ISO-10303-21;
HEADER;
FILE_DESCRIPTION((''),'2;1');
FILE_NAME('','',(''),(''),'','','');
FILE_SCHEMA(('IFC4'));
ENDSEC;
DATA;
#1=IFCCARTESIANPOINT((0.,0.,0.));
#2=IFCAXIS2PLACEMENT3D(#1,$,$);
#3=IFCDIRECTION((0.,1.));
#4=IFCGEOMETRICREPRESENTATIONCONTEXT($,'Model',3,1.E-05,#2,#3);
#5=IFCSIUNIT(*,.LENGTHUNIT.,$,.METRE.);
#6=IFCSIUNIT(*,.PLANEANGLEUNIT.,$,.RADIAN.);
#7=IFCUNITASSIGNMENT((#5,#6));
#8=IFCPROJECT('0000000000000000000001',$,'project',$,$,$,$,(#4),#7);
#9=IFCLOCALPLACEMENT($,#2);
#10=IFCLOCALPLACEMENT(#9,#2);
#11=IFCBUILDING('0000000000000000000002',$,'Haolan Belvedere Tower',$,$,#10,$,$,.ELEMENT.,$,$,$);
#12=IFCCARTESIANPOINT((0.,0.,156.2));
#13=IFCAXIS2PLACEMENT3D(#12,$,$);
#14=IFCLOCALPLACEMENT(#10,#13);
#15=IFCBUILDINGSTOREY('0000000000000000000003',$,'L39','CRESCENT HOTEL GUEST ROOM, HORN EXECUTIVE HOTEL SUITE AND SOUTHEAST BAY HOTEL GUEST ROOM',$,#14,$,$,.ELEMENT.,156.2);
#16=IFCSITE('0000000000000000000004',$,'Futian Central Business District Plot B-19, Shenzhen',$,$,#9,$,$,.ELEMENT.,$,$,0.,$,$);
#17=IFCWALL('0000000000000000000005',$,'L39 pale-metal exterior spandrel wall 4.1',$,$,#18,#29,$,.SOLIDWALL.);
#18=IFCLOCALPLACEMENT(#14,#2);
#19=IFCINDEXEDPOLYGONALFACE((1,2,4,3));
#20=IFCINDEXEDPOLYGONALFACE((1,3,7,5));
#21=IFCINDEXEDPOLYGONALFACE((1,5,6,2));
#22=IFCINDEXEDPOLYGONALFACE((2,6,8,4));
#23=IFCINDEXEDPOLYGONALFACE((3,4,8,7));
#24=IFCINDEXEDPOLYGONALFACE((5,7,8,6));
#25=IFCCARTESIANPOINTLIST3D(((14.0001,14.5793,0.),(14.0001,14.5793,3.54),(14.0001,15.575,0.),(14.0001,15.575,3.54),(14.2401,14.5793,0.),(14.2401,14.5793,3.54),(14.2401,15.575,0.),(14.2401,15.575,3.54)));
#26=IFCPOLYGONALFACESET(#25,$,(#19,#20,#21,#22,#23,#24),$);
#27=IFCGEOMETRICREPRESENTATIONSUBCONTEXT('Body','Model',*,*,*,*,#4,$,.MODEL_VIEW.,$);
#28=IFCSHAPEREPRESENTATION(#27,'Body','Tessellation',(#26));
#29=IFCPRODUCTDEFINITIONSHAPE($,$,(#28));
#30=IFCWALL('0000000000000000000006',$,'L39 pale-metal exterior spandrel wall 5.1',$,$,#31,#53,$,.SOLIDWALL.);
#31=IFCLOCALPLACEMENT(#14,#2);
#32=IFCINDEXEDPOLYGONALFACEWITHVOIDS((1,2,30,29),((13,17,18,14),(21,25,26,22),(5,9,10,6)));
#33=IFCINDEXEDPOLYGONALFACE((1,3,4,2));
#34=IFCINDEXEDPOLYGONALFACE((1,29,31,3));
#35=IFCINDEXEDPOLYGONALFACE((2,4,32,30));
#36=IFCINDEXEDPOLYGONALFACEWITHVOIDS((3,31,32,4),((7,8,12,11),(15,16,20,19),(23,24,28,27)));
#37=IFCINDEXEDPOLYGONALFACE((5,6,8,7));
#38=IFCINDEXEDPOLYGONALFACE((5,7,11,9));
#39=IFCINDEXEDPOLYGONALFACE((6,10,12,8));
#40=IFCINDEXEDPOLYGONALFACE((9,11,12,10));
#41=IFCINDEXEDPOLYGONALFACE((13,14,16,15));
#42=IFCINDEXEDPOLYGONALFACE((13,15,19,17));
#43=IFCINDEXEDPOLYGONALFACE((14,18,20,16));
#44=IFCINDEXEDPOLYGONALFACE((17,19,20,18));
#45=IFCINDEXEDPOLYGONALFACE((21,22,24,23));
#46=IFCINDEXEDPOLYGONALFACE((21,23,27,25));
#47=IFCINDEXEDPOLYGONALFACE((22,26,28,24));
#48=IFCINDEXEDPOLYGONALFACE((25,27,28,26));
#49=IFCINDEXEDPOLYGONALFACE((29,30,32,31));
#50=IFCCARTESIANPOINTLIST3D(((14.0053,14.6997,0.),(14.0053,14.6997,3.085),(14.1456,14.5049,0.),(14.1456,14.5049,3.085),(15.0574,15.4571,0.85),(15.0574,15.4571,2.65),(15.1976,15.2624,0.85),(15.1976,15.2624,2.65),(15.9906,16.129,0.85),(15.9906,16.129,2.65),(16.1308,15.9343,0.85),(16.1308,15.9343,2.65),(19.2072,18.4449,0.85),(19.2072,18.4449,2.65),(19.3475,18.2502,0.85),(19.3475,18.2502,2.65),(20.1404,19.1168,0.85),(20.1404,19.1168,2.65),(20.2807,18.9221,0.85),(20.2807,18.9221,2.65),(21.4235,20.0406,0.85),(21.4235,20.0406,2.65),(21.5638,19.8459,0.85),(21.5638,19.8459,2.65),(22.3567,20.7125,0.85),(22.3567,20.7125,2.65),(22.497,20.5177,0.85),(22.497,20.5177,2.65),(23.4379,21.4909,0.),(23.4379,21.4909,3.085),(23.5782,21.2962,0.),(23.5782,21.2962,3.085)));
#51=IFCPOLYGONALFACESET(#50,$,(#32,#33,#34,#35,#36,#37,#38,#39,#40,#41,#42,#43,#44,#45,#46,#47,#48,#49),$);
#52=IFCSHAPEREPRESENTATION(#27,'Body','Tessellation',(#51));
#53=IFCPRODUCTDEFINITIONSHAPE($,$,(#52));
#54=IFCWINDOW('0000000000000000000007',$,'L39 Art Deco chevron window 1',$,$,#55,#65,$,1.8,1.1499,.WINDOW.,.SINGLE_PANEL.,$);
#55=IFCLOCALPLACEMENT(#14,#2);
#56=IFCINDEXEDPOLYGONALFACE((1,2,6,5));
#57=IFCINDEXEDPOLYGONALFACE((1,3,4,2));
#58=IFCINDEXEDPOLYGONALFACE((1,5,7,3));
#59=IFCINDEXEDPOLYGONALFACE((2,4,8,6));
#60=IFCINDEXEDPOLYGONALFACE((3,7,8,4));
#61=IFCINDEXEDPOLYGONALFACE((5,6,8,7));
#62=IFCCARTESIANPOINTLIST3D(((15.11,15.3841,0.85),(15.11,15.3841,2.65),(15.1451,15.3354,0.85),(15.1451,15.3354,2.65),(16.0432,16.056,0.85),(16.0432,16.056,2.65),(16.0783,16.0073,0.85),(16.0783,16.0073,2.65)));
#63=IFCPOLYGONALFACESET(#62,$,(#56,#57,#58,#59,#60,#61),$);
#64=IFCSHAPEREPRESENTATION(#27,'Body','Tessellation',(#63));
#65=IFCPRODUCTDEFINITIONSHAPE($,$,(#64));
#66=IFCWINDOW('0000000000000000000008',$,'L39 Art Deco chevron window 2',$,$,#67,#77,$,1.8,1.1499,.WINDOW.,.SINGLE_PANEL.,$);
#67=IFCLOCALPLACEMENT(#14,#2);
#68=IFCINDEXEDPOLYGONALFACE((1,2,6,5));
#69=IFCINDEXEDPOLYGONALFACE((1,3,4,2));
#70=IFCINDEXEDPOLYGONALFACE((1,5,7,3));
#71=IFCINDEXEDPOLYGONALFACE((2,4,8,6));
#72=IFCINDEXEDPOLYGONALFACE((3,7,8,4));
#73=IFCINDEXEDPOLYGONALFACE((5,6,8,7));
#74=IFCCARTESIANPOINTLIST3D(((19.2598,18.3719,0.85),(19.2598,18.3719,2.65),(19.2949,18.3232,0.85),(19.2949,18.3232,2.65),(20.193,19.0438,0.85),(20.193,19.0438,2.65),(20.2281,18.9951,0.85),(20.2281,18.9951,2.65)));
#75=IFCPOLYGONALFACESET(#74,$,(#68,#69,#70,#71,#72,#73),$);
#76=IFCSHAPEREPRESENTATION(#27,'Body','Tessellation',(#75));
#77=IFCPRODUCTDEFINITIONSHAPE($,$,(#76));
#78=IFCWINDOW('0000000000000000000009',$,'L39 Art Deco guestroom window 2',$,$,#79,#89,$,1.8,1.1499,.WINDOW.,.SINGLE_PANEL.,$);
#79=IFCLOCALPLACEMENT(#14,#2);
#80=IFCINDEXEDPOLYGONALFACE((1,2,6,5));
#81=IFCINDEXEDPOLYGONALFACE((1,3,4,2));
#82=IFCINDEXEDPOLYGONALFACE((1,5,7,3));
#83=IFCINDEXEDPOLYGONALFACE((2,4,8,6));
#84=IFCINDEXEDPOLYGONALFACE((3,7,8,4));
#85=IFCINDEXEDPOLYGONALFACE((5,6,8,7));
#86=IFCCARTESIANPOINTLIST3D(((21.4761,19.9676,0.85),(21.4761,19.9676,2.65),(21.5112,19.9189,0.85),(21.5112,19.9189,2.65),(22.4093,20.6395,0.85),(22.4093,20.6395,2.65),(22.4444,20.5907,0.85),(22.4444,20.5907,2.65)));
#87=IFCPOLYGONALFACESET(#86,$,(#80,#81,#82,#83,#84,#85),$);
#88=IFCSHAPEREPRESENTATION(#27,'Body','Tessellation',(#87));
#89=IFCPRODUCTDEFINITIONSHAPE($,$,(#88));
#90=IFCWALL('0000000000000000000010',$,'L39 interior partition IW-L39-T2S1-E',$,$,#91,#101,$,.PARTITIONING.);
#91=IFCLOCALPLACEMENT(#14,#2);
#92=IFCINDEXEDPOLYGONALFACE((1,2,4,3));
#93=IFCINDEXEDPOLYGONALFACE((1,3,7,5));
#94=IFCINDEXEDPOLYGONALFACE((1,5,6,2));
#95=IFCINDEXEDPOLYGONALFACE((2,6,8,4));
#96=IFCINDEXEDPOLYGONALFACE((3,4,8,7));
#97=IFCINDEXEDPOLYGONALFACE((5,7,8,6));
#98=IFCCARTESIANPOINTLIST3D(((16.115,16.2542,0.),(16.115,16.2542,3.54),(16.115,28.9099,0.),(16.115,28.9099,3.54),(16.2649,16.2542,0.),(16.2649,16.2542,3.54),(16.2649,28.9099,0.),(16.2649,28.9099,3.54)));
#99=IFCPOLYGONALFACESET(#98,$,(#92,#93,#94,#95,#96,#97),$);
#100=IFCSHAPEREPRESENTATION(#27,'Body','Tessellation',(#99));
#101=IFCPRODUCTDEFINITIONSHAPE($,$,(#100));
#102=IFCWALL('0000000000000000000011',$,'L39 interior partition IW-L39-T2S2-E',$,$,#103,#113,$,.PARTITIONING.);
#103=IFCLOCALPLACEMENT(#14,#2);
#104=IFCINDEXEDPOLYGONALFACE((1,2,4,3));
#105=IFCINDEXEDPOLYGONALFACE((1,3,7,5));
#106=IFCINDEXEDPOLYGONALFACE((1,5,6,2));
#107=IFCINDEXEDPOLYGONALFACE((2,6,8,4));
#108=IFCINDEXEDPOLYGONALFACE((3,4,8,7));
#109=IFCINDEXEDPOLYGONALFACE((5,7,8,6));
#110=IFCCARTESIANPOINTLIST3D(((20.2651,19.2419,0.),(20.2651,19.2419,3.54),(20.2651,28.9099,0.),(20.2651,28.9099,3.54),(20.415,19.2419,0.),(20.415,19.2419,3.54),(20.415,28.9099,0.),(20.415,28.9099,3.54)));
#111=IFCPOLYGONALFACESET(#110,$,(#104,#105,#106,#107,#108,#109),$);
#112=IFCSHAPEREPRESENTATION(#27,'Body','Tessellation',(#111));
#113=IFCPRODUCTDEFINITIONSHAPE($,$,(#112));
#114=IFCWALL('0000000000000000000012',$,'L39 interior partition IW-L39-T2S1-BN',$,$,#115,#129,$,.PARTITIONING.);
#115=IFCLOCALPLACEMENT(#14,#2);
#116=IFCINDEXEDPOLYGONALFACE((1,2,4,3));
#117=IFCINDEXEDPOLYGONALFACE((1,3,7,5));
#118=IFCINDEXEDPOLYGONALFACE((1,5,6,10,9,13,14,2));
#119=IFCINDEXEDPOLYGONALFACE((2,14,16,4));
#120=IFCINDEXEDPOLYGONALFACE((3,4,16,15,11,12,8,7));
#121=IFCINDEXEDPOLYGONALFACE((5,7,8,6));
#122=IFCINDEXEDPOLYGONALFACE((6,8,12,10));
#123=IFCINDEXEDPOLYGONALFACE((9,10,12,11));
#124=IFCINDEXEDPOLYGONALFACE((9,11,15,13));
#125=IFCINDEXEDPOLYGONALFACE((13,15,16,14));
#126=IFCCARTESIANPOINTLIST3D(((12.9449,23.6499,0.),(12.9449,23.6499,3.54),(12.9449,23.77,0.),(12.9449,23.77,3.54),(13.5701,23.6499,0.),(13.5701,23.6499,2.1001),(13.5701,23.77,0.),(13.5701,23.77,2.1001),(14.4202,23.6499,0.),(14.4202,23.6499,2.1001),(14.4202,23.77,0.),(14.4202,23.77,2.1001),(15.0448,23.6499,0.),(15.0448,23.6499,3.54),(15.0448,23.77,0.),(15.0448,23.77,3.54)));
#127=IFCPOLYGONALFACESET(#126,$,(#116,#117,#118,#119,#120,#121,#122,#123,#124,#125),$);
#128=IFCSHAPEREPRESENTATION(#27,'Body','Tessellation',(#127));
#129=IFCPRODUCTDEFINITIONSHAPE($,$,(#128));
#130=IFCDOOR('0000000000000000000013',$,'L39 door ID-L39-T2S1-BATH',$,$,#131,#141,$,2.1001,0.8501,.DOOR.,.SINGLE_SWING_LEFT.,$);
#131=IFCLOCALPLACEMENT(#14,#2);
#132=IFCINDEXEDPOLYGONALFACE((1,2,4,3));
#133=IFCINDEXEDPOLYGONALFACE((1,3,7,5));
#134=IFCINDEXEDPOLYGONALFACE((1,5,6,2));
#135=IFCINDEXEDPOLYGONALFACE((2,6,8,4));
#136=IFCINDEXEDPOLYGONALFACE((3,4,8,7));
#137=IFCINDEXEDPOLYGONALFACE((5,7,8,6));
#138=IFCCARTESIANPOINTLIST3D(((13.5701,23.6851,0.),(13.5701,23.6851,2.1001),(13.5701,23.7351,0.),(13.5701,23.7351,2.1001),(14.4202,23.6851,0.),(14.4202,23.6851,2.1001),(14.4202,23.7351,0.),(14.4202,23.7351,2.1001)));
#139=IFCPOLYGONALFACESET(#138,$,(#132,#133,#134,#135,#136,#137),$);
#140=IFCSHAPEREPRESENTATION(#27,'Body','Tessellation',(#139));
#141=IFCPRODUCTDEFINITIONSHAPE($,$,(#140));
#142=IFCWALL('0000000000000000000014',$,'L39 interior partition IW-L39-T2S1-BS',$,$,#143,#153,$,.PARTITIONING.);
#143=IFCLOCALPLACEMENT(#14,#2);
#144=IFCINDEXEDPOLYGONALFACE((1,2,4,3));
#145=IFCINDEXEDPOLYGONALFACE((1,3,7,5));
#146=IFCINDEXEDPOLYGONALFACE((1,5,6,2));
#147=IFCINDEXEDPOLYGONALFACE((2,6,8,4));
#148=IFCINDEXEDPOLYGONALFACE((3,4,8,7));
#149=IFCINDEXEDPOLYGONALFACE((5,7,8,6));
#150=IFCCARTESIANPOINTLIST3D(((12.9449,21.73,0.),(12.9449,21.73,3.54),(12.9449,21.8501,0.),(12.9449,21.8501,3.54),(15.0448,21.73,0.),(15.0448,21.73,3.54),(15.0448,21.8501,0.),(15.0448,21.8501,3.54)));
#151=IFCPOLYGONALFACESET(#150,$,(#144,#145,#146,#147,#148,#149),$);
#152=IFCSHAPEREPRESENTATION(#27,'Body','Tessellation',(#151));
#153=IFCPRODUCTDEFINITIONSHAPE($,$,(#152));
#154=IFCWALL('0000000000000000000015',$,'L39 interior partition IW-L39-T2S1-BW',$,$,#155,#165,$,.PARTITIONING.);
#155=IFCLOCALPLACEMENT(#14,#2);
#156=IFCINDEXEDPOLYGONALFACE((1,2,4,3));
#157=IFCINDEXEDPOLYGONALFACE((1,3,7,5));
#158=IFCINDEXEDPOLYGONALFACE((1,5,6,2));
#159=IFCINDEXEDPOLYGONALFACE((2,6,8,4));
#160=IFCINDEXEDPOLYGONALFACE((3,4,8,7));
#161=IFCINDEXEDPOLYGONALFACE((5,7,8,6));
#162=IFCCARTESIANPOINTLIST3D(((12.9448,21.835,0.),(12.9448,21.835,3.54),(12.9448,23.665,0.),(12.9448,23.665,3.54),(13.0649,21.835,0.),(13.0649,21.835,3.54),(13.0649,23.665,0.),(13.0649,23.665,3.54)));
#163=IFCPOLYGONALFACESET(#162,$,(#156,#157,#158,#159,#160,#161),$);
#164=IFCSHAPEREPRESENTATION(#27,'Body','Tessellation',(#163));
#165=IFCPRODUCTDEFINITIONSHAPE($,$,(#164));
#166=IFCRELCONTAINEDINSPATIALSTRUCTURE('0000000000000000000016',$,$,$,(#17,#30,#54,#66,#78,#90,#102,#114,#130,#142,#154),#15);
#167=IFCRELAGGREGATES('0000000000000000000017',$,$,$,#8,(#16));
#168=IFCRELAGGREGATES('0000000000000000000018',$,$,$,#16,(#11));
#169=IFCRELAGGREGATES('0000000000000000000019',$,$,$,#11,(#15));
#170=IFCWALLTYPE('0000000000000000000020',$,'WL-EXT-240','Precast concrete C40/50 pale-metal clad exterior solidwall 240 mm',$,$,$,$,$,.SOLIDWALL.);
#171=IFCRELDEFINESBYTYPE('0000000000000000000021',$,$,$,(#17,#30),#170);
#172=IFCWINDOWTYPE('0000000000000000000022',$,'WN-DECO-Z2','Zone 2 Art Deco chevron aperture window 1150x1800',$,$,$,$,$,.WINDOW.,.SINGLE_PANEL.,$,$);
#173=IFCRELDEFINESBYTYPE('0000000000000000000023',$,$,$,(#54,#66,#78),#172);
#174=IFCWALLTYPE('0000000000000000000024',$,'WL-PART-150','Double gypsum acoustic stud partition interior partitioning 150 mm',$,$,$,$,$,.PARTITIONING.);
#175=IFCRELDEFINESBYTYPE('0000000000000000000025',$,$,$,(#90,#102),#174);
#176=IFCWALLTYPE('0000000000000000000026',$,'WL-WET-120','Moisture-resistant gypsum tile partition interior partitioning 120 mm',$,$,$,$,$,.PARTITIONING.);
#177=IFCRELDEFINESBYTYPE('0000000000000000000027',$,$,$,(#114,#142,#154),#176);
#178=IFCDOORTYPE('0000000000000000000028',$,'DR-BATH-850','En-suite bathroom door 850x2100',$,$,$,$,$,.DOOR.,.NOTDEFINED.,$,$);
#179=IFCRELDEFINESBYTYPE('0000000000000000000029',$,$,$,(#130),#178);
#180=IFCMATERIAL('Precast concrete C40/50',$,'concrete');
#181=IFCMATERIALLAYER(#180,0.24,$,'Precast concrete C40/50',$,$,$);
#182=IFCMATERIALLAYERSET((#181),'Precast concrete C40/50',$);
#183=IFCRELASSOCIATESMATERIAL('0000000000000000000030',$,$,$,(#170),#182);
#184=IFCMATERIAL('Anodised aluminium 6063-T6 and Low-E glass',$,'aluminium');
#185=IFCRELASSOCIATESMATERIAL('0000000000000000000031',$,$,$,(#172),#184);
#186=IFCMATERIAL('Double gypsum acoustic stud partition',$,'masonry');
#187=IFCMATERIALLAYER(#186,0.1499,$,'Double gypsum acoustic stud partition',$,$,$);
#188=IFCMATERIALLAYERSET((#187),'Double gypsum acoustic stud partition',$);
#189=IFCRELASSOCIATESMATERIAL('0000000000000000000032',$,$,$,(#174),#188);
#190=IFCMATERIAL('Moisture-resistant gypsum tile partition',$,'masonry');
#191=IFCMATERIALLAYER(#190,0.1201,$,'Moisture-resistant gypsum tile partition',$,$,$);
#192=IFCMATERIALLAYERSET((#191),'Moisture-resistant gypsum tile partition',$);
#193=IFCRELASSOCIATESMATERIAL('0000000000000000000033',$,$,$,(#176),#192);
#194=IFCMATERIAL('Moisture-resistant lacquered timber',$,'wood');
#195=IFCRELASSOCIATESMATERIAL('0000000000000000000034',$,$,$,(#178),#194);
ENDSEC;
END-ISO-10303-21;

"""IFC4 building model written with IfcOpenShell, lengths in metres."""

from ifc_helpers import new_model, si_unit, direction, frame, frame_2d, origin, place, context, subcontext, project, spatial, rectangle, extrude, material, layer, layer_set, type_object, element, fill, save


model = new_model("IFC4")

# Units and contexts
model_context = context("Model", 3, precision=1e-05, world=origin(), true_north=direction((0.0, 1.0)))
body_context = subcontext(model_context, "Body", "Model", "MODEL_VIEW")
ifc_project = project(units=[si_unit("LENGTHUNIT", "METRE"), si_unit("PLANEANGLEUNIT", "RADIAN")], contexts=[model_context])

# Site, building, storey
site_placement = place(None, origin())
site = spatial("IfcSite", under=ifc_project, at=site_placement, Name="Futian Central Business District Plot B-19, Shenzhen", CompositionType="ELEMENT", RefElevation=0.0)
building_placement = place(site_placement, origin())
building = spatial("IfcBuilding", under=site, at=building_placement, Name="Haolan Belvedere Tower", CompositionType="ELEMENT")
storey_placement = place(building_placement, frame((0.0, 0.0, 156.2)))
storey = spatial("IfcBuildingStorey", under=building, at=storey_placement, Name="L39", Description="CRESCENT HOTEL GUEST ROOM, HORN EXECUTIVE HOTEL SUITE AND SOUTHEAST BAY HOTEL GUEST ROOM", CompositionType="ELEMENT", Elevation=156.2)

# Wall
ifc_material_1 = material(Name="Precast concrete C40/50", Category="concrete")
ifc_layer_1 = layer(ifc_material_1, 0.24, Name="Precast concrete C40/50")
ifc_layer_set_1 = layer_set([ifc_layer_1], Name="Precast concrete C40/50")
wall_type_1 = type_object("IfcWallType", Name="WL-EXT-240", Description="Precast concrete C40/50 pale-metal clad exterior solidwall 240 mm", PredefinedType="SOLIDWALL", material=ifc_layer_set_1)
wall_1_placement = place(storey_placement, frame((14.1201, 15.575, 0.0), z_axis=(0.0, 0.0, 1.0), x_axis=(0.0, -1.0, 0.0)))
element("IfcWall", 1, at=wall_1_placement, inside=storey, type_object=wall_type_1, Name="L39 pale-metal exterior spandrel wall 4.1", PredefinedType="SOLIDWALL", context=body_context, shape_type="SweptSolid", body=[
    extrude(rectangle(XDim=0.9956, YDim=0.24, at=frame_2d((0.4978, 0.0))), origin(), (0.0, 0.0, 1.0), 3.54),
])

# Wall, openings, windows
wall_2_placement = place(storey_placement, frame((14.0754, 14.6023, 0.0), z_axis=(0.0, 0.0, 1.0), x_axis=(0.811544, 0.584292, 0.0)))
wall_2 = element("IfcWall", 2, at=wall_2_placement, inside=storey, type_object=wall_type_1, Name="L39 pale-metal exterior spandrel wall 5.1", PredefinedType="SOLIDWALL", context=body_context, shape_type="SweptSolid", body=[
    extrude(rectangle(XDim=11.623, YDim=0.24, at=frame_2d((5.8115, 0.0))), origin(), (0.0, 0.0, 1.0), 3.085),
])
opening_1_placement = place(wall_2_placement, frame((1.2964, 0.0, 0.8501)))
opening_1 = element("IfcOpeningElement", 3, at=opening_1_placement, cuts=wall_2, PredefinedType="OPENING", context=body_context, shape_type="SweptSolid", body=[
    extrude(rectangle(XDim=1.1499, YDim=1.8, at=frame_2d((0.575, 0.8999))), frame((0.0, 0.1299, 0.0), z_axis=(0.0, -1.0, 0.0), x_axis=(1.0, 0.0, 0.0)), (0.0, 0.0, 1.0), 0.26),
])
opening_2_placement = place(wall_2_placement, frame((6.4099, 0.0, 0.8501)))
opening_2 = element("IfcOpeningElement", 4, at=opening_2_placement, cuts=wall_2, PredefinedType="OPENING", context=body_context, shape_type="SweptSolid", body=[
    extrude(rectangle(XDim=1.1499, YDim=1.8, at=frame_2d((0.575, 0.8999))), frame((0.0, 0.1299, 0.0), z_axis=(0.0, -1.0, 0.0), x_axis=(1.0, 0.0, 0.0)), (0.0, 0.0, 1.0), 0.26),
])
opening_3_placement = place(wall_2_placement, frame((9.1409, 0.0, 0.8501)))
opening_3 = element("IfcOpeningElement", 5, at=opening_3_placement, cuts=wall_2, PredefinedType="OPENING", context=body_context, shape_type="SweptSolid", body=[
    extrude(rectangle(XDim=1.1499, YDim=1.8, at=frame_2d((0.575, 0.8999))), frame((0.0, 0.1299, 0.0), z_axis=(0.0, -1.0, 0.0), x_axis=(1.0, 0.0, 0.0)), (0.0, 0.0, 1.0), 0.26),
])
ifc_material_2 = material(Name="Anodised aluminium 6063-T6 and Low-E glass", Category="aluminium")
window_type = type_object("IfcWindowType", Name="WN-DECO-Z2", Description="Zone 2 Art Deco chevron aperture window 1150x1800", PartitioningType="SINGLE_PANEL", PredefinedType="WINDOW", material=ifc_material_2)
window_1_placement = place(opening_1_placement, origin())
window_1 = element("IfcWindow", 6, at=window_1_placement, inside=storey, type_object=window_type, Name="L39 Art Deco chevron window 1", OverallHeight=1.8, OverallWidth=1.1499, PartitioningType="SINGLE_PANEL", PredefinedType="WINDOW", context=body_context, shape_type="SweptSolid", body=[
    extrude(rectangle(XDim=1.1499, YDim=1.8, at=frame_2d((0.575, 0.8999))), frame((0.0, 0.03, 0.0), z_axis=(0.0, -1.0, 0.0), x_axis=(1.0, 0.0, 0.0)), (0.0, 0.0, 1.0), 0.0601),
])
fill(opening_1, window_1)
window_2_placement = place(opening_2_placement, origin())
window_2 = element("IfcWindow", 7, at=window_2_placement, inside=storey, type_object=window_type, Name="L39 Art Deco chevron window 2", OverallHeight=1.8, OverallWidth=1.1499, PartitioningType="SINGLE_PANEL", PredefinedType="WINDOW", context=body_context, shape_type="SweptSolid", body=[
    extrude(rectangle(XDim=1.1499, YDim=1.8, at=frame_2d((0.575, 0.8999))), frame((0.0, 0.03, 0.0), z_axis=(0.0, -1.0, 0.0), x_axis=(1.0, 0.0, 0.0)), (0.0, 0.0, 1.0), 0.0601),
])
fill(opening_2, window_2)
window_3_placement = place(opening_3_placement, origin())
window_3 = element("IfcWindow", 8, at=window_3_placement, inside=storey, type_object=window_type, Name="L39 Art Deco guestroom window 2", OverallHeight=1.8, OverallWidth=1.1499, PartitioningType="SINGLE_PANEL", PredefinedType="WINDOW", context=body_context, shape_type="SweptSolid", body=[
    extrude(rectangle(XDim=1.1499, YDim=1.8, at=frame_2d((0.575, 0.8999))), frame((0.0, 0.03, 0.0), z_axis=(0.0, -1.0, 0.0), x_axis=(1.0, 0.0, 0.0)), (0.0, 0.0, 1.0), 0.0601),
])
fill(opening_3, window_3)

# Wall
ifc_material_3 = material(Name="Double gypsum acoustic stud partition", Category="masonry")
ifc_layer_2 = layer(ifc_material_3, 0.1499, Name="Double gypsum acoustic stud partition")
ifc_layer_set_2 = layer_set([ifc_layer_2], Name="Double gypsum acoustic stud partition")
wall_type_2 = type_object("IfcWallType", Name="WL-PART-150", Description="Double gypsum acoustic stud partition interior partitioning 150 mm", PredefinedType="PARTITIONING", material=ifc_layer_set_2)
wall_3_placement = place(storey_placement, frame((16.1899, 16.2542, 0.0), z_axis=(0.0, 0.0, 1.0), x_axis=(0.0, 1.0, 0.0)))
element("IfcWall", 9, at=wall_3_placement, inside=storey, type_object=wall_type_2, Name="L39 interior partition IW-L39-T2S1-E", PredefinedType="PARTITIONING", context=body_context, shape_type="SweptSolid", body=[
    extrude(rectangle(XDim=12.6558, YDim=0.1499, at=frame_2d((6.3279, 0.0))), origin(), (0.0, 0.0, 1.0), 3.54),
])

# Wall
wall_4_placement = place(storey_placement, frame((20.3401, 19.2419, 0.0), z_axis=(0.0, 0.0, 1.0), x_axis=(0.0, 1.0, 0.0)))
element("IfcWall", 10, at=wall_4_placement, inside=storey, type_object=wall_type_2, Name="L39 interior partition IW-L39-T2S2-E", PredefinedType="PARTITIONING", context=body_context, shape_type="SweptSolid", body=[
    extrude(rectangle(XDim=9.668, YDim=0.1499, at=frame_2d((4.834, 0.0))), origin(), (0.0, 0.0, 1.0), 3.54),
])

# Wall, opening, door
ifc_material_4 = material(Name="Moisture-resistant gypsum tile partition", Category="masonry")
ifc_layer_3 = layer(ifc_material_4, 0.1201, Name="Moisture-resistant gypsum tile partition")
ifc_layer_set_3 = layer_set([ifc_layer_3], Name="Moisture-resistant gypsum tile partition")
wall_type_3 = type_object("IfcWallType", Name="WL-WET-120", Description="Moisture-resistant gypsum tile partition interior partitioning 120 mm", PredefinedType="PARTITIONING", material=ifc_layer_set_3)
wall_5_placement = place(storey_placement, frame((12.9451, 23.71, 0.0), z_axis=(0.0, 0.0, 1.0), x_axis=(1.0, 0.0, 0.0)))
wall_5 = element("IfcWall", 11, at=wall_5_placement, inside=storey, type_object=wall_type_3, Name="L39 interior partition IW-L39-T2S1-BN", PredefinedType="PARTITIONING", context=body_context, shape_type="SweptSolid", body=[
    extrude(rectangle(XDim=2.0999, YDim=0.1201, at=frame_2d((1.0498, 0.0))), origin(), (0.0, 0.0, 1.0), 3.54),
])
opening_4_placement = place(wall_5_placement, frame((1.4751, 0.0, 0.0), z_axis=(0.0, 0.0, 1.0), x_axis=(-1.0, 0.0, 0.0)))
opening_4 = element("IfcOpeningElement", 12, at=opening_4_placement, cuts=wall_5, PredefinedType="OPENING", context=body_context, shape_type="SweptSolid", body=[
    extrude(rectangle(XDim=0.8501, YDim=2.1001, at=frame_2d((0.425, 1.05))), frame((0.0, 0.0701, 0.0), z_axis=(0.0, -1.0, 0.0), x_axis=(1.0, 0.0, 0.0)), (0.0, 0.0, 1.0), 0.1401),
])
ifc_material_5 = material(Name="Moisture-resistant lacquered timber", Category="wood")
door_type_1 = type_object("IfcDoorType", Name="DR-BATH-850", Description="En-suite bathroom door 850x2100", OperationType="NOTDEFINED", PredefinedType="DOOR", material=ifc_material_5)
door_1_placement = place(opening_4_placement, origin())
door_1 = element("IfcDoor", 13, at=door_1_placement, inside=storey, type_object=door_type_1, Name="L39 door ID-L39-T2S1-BATH", OperationType="SINGLE_SWING_LEFT", OverallHeight=2.1001, OverallWidth=0.8501, PredefinedType="DOOR", context=body_context, shape_type="SweptSolid", body=[
    extrude(rectangle(XDim=0.8501, YDim=2.1001, at=frame_2d((0.425, 1.05))), frame((0.0, 0.0249, 0.0), z_axis=(0.0, -1.0, 0.0), x_axis=(1.0, 0.0, 0.0)), (0.0, 0.0, 1.0), 0.05),
])
fill(opening_4, door_1)

# Walls
wall_6_placement = place(storey_placement, frame((12.9451, 21.79, 0.0), z_axis=(0.0, 0.0, 1.0), x_axis=(1.0, 0.0, 0.0)))
element("IfcWall", 14, at=wall_6_placement, inside=storey, type_object=wall_type_3, Name="L39 interior partition IW-L39-T2S1-BS", PredefinedType="PARTITIONING", context=body_context, shape_type="SweptSolid", body=[
    extrude(rectangle(XDim=2.0999, YDim=0.1201, at=frame_2d((1.0498, 0.0))), origin(), (0.0, 0.0, 1.0), 3.54),
])
for number, where, z_axis, x_axis, name in (
    (15, (13.0049, 21.835, 0.0), (0.0, 0.0, 1.0), (0.0, 1.0, 0.0), "L39 interior partition IW-L39-T2S1-BW"),
):
    element("IfcWall", number, at=place(storey_placement, frame(where, z_axis=z_axis, x_axis=x_axis)), inside=storey, type_object=wall_type_3, Name=name, PredefinedType="PARTITIONING", context=body_context, shape_type="SweptSolid", body=[
        extrude(rectangle(XDim=1.8301, YDim=0.1201, at=frame_2d((0.915, 0.0))), origin(), (0.0, 0.0, 1.0), 3.54),
    ])

save(model, "model.ifc")
